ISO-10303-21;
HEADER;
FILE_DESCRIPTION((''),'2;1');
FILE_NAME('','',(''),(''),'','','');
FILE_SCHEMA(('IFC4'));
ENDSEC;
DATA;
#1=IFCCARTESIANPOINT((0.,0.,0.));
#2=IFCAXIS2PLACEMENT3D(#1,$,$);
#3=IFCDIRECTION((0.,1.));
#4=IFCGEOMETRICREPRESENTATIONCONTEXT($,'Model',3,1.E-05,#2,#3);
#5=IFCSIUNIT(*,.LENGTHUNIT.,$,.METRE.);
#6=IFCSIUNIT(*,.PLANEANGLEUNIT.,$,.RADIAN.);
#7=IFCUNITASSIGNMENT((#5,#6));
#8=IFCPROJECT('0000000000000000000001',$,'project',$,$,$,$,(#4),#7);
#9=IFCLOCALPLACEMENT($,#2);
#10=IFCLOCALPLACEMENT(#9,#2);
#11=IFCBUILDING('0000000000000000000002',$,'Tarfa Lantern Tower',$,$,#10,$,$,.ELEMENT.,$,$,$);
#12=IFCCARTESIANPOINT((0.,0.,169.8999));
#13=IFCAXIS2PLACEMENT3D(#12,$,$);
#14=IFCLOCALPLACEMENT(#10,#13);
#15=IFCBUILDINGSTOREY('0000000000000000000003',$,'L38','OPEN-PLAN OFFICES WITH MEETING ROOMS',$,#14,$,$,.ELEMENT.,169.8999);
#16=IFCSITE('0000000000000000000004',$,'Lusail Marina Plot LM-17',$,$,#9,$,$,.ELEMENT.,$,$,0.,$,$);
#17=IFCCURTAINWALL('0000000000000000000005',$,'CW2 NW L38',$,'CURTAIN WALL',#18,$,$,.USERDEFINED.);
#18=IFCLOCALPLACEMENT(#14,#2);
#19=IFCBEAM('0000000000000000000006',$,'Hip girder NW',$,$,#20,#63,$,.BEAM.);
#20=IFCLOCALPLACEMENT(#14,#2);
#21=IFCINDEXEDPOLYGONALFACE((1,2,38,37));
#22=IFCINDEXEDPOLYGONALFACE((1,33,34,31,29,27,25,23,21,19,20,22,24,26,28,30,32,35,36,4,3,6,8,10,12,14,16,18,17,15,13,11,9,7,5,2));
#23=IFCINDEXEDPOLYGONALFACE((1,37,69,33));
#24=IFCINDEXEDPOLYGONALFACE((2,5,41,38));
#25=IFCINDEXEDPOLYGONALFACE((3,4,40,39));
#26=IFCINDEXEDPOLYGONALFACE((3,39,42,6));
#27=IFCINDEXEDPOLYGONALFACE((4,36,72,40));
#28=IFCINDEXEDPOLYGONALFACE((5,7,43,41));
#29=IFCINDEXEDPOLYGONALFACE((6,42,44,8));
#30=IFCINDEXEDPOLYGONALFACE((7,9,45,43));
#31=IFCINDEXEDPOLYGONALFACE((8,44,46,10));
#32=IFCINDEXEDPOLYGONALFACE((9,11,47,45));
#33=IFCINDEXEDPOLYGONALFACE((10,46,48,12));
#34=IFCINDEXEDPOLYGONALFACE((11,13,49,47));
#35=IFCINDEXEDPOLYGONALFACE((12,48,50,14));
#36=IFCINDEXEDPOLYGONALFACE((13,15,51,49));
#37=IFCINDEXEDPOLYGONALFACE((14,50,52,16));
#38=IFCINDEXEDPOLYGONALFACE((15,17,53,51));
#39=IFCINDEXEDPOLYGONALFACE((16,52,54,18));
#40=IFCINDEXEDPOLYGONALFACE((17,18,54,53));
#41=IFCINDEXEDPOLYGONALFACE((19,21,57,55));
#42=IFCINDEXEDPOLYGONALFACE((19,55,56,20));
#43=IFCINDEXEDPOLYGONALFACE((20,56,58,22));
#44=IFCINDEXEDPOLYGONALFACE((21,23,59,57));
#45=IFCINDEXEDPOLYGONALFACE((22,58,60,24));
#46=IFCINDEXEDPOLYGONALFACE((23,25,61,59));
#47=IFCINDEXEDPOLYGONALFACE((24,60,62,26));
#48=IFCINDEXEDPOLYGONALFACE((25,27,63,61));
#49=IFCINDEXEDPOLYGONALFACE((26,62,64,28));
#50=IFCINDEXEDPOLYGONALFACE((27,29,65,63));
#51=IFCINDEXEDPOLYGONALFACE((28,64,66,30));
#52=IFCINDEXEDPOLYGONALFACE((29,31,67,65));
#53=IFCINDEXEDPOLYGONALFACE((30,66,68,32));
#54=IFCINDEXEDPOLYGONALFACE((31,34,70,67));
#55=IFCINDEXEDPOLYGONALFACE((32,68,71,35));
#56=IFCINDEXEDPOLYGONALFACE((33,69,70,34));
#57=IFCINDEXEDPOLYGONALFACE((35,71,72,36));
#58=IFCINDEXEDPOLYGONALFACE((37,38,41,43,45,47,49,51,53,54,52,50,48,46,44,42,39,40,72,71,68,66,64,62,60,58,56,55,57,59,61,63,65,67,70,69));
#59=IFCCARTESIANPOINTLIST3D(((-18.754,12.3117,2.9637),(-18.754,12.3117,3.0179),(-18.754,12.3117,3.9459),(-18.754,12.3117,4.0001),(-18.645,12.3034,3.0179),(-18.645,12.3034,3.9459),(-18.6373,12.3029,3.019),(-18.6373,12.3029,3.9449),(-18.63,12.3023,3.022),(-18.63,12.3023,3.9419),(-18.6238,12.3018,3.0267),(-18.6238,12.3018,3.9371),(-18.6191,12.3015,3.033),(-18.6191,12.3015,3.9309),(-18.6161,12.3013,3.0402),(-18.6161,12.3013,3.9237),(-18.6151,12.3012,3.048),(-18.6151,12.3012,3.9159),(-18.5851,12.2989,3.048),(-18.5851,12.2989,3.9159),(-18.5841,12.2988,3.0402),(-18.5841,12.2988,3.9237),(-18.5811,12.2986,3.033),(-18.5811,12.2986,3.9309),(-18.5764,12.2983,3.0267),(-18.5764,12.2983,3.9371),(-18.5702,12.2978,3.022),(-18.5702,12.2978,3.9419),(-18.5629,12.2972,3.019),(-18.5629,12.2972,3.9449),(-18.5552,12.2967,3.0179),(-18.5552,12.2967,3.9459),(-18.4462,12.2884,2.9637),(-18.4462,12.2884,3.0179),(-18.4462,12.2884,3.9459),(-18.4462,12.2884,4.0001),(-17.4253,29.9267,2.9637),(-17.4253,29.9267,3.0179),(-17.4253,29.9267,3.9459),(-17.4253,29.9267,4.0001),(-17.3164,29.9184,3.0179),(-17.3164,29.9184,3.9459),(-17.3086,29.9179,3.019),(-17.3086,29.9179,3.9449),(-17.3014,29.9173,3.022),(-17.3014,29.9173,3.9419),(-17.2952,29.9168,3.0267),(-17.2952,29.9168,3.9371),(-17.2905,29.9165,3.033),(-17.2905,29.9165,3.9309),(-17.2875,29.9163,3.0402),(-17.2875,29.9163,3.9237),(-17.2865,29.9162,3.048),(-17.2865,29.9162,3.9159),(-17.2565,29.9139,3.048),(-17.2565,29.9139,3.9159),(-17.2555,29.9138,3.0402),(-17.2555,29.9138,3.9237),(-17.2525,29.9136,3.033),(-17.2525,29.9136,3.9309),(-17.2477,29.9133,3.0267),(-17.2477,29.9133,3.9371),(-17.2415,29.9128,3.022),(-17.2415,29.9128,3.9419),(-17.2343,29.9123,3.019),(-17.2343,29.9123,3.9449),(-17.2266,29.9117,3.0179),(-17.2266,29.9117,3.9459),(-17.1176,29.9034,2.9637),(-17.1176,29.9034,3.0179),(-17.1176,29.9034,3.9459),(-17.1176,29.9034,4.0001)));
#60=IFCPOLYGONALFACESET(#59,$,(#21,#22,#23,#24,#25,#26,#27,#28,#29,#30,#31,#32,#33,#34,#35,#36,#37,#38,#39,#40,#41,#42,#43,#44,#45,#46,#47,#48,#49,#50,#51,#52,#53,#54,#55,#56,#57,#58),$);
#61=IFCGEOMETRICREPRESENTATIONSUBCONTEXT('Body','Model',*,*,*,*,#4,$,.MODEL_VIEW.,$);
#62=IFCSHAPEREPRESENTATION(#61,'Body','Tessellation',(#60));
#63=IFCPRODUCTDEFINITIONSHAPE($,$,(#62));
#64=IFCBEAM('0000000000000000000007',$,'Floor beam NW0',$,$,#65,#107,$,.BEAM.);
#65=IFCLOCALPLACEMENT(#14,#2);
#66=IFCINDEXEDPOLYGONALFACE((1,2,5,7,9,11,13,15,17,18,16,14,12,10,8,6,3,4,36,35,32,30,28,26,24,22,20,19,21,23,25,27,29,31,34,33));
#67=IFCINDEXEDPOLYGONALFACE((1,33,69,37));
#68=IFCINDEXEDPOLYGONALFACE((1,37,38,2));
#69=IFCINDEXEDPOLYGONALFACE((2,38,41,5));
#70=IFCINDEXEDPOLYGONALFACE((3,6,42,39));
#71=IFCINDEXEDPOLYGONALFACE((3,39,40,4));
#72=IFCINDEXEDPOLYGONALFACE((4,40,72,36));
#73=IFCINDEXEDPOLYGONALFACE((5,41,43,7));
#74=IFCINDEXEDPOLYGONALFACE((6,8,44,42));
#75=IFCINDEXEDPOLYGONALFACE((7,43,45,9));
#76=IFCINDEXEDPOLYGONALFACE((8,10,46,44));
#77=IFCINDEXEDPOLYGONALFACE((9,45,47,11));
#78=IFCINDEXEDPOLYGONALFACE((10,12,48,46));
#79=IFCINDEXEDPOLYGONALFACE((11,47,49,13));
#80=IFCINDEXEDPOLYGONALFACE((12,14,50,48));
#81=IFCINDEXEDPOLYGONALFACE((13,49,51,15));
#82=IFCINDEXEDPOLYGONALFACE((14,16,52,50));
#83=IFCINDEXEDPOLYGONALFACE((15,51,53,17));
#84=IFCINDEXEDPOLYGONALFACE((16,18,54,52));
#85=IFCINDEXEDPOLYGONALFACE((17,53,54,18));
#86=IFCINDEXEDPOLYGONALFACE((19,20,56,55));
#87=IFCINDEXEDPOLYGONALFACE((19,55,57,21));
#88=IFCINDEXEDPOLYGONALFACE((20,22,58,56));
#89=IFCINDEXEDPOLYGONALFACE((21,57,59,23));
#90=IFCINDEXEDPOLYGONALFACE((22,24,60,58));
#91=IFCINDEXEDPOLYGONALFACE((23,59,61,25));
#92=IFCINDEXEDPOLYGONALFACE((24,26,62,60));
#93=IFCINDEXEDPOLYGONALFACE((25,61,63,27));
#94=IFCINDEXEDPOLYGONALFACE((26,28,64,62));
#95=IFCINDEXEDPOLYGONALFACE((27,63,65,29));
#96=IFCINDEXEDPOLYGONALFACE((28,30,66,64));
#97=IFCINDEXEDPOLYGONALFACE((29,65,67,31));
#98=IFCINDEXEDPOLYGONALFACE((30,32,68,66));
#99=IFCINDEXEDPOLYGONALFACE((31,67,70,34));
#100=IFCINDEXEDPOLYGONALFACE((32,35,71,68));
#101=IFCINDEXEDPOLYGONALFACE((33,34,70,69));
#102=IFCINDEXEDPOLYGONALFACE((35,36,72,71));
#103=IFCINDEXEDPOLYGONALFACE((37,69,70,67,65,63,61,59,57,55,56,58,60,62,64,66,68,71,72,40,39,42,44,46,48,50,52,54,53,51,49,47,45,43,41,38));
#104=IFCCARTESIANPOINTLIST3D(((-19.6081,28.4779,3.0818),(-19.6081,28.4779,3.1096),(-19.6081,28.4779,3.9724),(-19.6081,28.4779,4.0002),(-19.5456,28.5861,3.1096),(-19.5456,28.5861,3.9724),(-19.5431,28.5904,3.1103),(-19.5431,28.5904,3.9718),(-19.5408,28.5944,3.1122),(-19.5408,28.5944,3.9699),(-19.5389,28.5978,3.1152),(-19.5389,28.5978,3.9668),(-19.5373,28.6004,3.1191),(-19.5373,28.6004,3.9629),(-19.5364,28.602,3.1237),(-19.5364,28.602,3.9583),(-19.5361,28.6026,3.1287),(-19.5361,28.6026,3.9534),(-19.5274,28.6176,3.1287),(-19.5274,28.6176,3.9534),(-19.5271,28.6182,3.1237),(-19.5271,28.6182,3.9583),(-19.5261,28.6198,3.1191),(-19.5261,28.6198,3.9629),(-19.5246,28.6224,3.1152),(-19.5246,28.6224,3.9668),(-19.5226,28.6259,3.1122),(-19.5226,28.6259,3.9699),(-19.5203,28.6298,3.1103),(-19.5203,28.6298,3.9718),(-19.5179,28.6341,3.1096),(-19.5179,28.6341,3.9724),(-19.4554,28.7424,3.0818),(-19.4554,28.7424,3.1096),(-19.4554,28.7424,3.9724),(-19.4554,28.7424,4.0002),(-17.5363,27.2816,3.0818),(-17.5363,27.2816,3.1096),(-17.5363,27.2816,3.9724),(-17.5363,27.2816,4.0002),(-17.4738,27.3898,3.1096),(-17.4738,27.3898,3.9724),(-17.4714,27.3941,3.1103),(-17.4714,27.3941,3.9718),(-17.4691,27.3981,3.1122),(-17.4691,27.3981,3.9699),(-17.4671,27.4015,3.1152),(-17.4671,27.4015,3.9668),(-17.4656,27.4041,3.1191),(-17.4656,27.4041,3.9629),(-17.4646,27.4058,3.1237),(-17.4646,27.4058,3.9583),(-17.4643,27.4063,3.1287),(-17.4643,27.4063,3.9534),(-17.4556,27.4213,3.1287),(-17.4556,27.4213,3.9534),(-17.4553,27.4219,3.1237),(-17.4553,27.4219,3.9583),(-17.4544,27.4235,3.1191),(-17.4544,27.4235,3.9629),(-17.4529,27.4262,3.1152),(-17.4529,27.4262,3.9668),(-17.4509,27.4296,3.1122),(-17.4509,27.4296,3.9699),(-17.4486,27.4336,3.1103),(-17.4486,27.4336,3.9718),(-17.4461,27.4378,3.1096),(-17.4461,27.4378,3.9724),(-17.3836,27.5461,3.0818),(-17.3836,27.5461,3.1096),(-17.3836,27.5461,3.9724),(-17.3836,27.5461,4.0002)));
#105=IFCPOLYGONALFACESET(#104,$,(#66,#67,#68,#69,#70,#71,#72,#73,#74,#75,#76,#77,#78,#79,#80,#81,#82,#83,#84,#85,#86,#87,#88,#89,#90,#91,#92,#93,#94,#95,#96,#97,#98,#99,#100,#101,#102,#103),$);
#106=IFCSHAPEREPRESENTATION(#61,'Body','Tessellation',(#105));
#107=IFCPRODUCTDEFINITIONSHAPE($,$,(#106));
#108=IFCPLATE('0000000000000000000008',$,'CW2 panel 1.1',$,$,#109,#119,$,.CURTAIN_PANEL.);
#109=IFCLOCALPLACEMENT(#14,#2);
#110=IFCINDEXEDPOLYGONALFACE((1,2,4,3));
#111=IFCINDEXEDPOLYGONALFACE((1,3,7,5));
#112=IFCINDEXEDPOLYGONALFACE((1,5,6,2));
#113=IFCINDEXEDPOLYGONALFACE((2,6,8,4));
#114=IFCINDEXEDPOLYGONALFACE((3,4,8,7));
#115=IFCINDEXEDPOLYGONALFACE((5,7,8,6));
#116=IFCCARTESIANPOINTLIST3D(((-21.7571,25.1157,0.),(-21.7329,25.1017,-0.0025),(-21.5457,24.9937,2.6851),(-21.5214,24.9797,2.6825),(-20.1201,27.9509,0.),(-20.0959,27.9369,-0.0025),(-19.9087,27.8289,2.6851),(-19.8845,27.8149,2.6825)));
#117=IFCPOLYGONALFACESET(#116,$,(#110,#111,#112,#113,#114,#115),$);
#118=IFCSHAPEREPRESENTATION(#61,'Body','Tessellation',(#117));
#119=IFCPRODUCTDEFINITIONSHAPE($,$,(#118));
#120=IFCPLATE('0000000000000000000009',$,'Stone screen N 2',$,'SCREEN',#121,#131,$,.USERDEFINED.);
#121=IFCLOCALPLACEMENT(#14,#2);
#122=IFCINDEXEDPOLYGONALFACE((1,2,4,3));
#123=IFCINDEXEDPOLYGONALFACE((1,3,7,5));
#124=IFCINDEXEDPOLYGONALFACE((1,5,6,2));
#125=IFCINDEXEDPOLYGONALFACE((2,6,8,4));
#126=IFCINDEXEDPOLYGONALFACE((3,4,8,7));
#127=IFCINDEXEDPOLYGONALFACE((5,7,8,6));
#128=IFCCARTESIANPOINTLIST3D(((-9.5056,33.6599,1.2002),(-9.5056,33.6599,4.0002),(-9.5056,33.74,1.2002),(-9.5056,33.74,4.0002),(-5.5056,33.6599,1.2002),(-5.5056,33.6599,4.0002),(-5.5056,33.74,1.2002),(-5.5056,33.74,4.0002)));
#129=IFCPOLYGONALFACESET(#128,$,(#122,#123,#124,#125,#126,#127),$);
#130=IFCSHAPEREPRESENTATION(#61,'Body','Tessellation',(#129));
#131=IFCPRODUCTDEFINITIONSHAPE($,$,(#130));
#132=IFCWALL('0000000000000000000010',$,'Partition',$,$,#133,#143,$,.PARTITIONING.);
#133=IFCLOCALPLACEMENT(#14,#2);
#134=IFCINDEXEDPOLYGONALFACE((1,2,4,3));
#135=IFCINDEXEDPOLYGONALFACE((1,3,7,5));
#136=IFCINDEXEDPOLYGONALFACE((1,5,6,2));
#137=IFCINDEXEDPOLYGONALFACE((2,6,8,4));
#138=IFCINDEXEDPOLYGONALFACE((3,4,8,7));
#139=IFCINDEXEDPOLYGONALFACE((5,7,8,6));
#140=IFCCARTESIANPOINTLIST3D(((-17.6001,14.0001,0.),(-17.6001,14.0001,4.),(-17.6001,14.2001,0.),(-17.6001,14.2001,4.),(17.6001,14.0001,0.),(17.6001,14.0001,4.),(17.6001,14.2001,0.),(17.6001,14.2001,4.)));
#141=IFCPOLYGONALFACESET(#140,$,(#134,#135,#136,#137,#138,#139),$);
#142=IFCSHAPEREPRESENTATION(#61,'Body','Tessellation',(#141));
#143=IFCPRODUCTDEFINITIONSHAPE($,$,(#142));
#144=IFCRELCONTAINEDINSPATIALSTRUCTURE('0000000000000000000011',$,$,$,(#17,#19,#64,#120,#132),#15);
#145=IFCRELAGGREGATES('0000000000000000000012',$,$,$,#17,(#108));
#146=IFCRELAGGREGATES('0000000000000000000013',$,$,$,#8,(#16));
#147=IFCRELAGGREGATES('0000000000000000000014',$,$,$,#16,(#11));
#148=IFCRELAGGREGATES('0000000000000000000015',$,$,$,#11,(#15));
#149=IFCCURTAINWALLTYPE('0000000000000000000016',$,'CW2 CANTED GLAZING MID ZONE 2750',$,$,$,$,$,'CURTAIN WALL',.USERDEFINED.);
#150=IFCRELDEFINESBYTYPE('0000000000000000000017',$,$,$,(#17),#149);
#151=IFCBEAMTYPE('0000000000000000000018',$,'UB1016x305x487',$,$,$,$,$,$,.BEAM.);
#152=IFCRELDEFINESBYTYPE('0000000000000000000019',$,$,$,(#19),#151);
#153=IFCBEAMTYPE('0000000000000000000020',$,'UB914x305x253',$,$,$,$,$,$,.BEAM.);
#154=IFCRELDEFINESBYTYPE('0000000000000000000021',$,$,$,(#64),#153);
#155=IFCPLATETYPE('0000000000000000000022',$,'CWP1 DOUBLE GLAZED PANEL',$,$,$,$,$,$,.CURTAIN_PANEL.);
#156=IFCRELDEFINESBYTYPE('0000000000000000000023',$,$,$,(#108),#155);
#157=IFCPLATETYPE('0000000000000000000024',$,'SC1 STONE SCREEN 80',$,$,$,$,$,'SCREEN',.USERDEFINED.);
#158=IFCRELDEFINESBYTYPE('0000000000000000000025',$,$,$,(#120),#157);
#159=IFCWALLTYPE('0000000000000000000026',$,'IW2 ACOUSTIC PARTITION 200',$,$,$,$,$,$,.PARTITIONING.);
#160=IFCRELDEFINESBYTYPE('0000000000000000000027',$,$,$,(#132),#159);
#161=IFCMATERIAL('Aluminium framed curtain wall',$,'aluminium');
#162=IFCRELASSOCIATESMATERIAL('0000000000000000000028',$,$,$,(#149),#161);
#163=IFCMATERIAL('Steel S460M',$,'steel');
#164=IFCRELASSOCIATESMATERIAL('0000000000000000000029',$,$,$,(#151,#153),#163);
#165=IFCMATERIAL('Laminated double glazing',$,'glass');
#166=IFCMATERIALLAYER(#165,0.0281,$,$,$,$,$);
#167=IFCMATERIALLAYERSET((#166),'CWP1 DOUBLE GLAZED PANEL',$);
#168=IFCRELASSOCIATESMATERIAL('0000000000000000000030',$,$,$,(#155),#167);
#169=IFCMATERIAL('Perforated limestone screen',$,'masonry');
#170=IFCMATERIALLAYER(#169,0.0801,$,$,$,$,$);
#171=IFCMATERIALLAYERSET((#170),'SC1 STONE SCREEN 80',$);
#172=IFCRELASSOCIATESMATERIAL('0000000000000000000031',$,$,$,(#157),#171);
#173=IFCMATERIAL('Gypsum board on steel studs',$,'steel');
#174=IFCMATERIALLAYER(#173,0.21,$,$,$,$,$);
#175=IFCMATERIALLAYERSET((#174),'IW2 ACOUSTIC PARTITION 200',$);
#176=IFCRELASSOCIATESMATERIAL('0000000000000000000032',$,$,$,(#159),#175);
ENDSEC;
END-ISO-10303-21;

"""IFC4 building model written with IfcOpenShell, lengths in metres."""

from ifc_helpers import new_model, si_unit, direction, frame, frame_2d, origin, origin_2d, place, context, subcontext, project, spatial, polyline, rectangle, i_section, outline, extrude, material, layer, layer_set, material_profile, profile_set, type_object, element, aggregate, save


model = new_model("IFC4")

# Units and contexts
model_context = context("Model", 3, precision=1e-05, world=origin(), true_north=direction((0.0, 1.0)))
body_context = subcontext(model_context, "Body", "Model", "MODEL_VIEW")
ifc_project = project(units=[si_unit("LENGTHUNIT", "METRE"), si_unit("PLANEANGLEUNIT", "RADIAN")], contexts=[model_context])

# Site, building, storey
site_placement = place(None, origin())
site = spatial("IfcSite", under=ifc_project, at=site_placement, Name="Lusail Marina Plot LM-17", CompositionType="ELEMENT", RefElevation=0.0)
building_placement = place(site_placement, origin())
building = spatial("IfcBuilding", under=site, at=building_placement, Name="Tarfa Lantern Tower", CompositionType="ELEMENT")
storey_placement = place(building_placement, frame((0.0, 0.0, 169.8999)))
storey = spatial("IfcBuildingStorey", under=building, at=storey_placement, Name="L38", Description="OPEN-PLAN OFFICES WITH MEETING ROOMS", CompositionType="ELEMENT", Elevation=169.8999)

# Curtain wall
ifc_material_1 = material(Name="Aluminium framed curtain wall", Category="aluminium")
curtain_wall_type = type_object("IfcCurtainWallType", Name="CW2 CANTED GLAZING MID ZONE 2750", ElementType="CURTAIN WALL", PredefinedType="USERDEFINED", material=ifc_material_1)
curtain_wall_placement = place(storey_placement, origin())
curtain_wall = element("IfcCurtainWall", 1, at=curtain_wall_placement, inside=storey, type_object=curtain_wall_type, Name="CW2 NW L38", ObjectType="CURTAIN WALL", PredefinedType="USERDEFINED")

# Beams
ifc_material_2 = material(Name="Steel S460M", Category="steel")
ifc_material_profile_1 = material_profile(ifc_material_2, i_section(OverallWidth=0.3086, OverallDepth=1.0364, WebThickness=0.03, FlangeThickness=0.0542, FilletRadius=0.03, at=origin_2d()), Name="UB1016x305x487")
ifc_profile_set_1 = profile_set([ifc_material_profile_1], Name="Steel S460M")
beam_type_1 = type_object("IfcBeamType", Name="UB1016x305x487", PredefinedType="BEAM", material=ifc_profile_set_1)
beam_1_placement = place(storey_placement, frame((-18.6001, 12.3, 3.4819), z_axis=(0.075212, 0.997168, 0.0), x_axis=(-0.997168, 0.075212, 0.0)))
element("IfcBeam", 2, at=beam_1_placement, inside=storey, type_object=beam_type_1, Name="Hip girder NW", PredefinedType="BEAM", context=body_context, shape_type="SweptSolid", body=[
    extrude(i_section(OverallWidth=0.3086, OverallDepth=1.0364, WebThickness=0.03, FlangeThickness=0.0542, FilletRadius=0.03, at=origin_2d()), origin(), (0.0, 0.0, 1.0), 17.665),
])
ifc_material_profile_2 = material_profile(ifc_material_2, i_section(OverallWidth=0.3054, OverallDepth=0.9185, WebThickness=0.0173, FlangeThickness=0.0278, FilletRadius=0.019, at=origin_2d()), Name="UB914x305x253")
ifc_profile_set_2 = profile_set([ifc_material_profile_2], Name="Steel S460M")
beam_type_2 = type_object("IfcBeamType", Name="UB914x305x253", PredefinedType="BEAM", material=ifc_profile_set_2)
beam_2_placement = place(storey_placement, frame((-19.5317, 28.6101, 3.541), z_axis=(0.865999, -0.500046, 0.0), x_axis=(0.500046, 0.865999, 0.0)))
element("IfcBeam", 3, at=beam_2_placement, inside=storey, type_object=beam_type_2, Name="Floor beam NW0", PredefinedType="BEAM", context=body_context, shape_type="SweptSolid", body=[
    extrude(i_section(OverallWidth=0.3054, OverallDepth=0.9185, WebThickness=0.0173, FlangeThickness=0.0278, FilletRadius=0.019, at=origin_2d()), origin(), (0.0, 0.0, 1.0), 2.3923),
])

# Plates
ifc_material_3 = material(Name="Laminated double glazing", Category="glass")
ifc_layer_1 = layer(ifc_material_3, 0.0281)
ifc_layer_set_1 = layer_set([ifc_layer_1], Name="CWP1 DOUBLE GLAZED PANEL")
plate_type_1 = type_object("IfcPlateType", Name="CWP1 DOUBLE GLAZED PANEL", PredefinedType="CURTAIN_PANEL", material=ifc_layer_set_1)
plate_1_placement = place(storey_placement, frame((-20.1201, 27.9509, 0.0), z_axis=(-0.86246, 0.497959, 0.09055), x_axis=(-0.500013, -0.866018, 0.0)))
plate_1 = element("IfcPlate", 4, at=plate_1_placement, type_object=plate_type_1, Name="CW2 panel 1.1", PredefinedType="CURTAIN_PANEL", context=body_context, shape_type="SweptSolid", body=[
    extrude(outline(polyline([(0.0, 0.0), (3.2738, 0.0), (3.2738, 2.6961), (0.0, 2.6961), (0.0, 0.0)])), origin(), (0.0, 0.0, -1.0), 0.0281),
])
aggregate(curtain_wall, [plate_1])
ifc_material_4 = material(Name="Perforated limestone screen", Category="masonry")
ifc_layer_2 = layer(ifc_material_4, 0.0801)
ifc_layer_set_2 = layer_set([ifc_layer_2], Name="SC1 STONE SCREEN 80")
plate_type_2 = type_object("IfcPlateType", Name="SC1 STONE SCREEN 80", ElementType="SCREEN", PredefinedType="USERDEFINED", material=ifc_layer_set_2)
plate_2_placement = place(storey_placement, frame((-7.5056, 33.7, 1.2002), z_axis=(0.0, 0.0, 1.0), x_axis=(-1.0, 0.0, 0.0)))
element("IfcPlate", 5, at=plate_2_placement, inside=storey, type_object=plate_type_2, Name="Stone screen N 2", ObjectType="SCREEN", PredefinedType="USERDEFINED", context=body_context, shape_type="SweptSolid", body=[
    extrude(rectangle(XDim=4.0, YDim=0.0801, at=origin_2d()), origin(), (0.0, 0.0, 1.0), 2.8),
])

# Wall
ifc_material_5 = material(Name="Gypsum board on steel studs", Category="steel")
ifc_layer_3 = layer(ifc_material_5, 0.21)
ifc_layer_set_3 = layer_set([ifc_layer_3], Name="IW2 ACOUSTIC PARTITION 200")
wall_type = type_object("IfcWallType", Name="IW2 ACOUSTIC PARTITION 200", PredefinedType="PARTITIONING", material=ifc_layer_set_3)
wall_1_placement = place(storey_placement, frame((-17.6001, 14.1001, 0.0), z_axis=(0.0, 0.0, 1.0), x_axis=(1.0, 0.0, 0.0)))
element("IfcWall", 6, at=wall_1_placement, inside=storey, type_object=wall_type, Name="Partition", PredefinedType="PARTITIONING", context=body_context, shape_type="SweptSolid", body=[
    extrude(rectangle(XDim=35.2002, YDim=0.2, at=frame_2d((17.6001, 0.0))), origin(), (0.0, 0.0, 1.0), 4.0),
])

save(model, "model.ifc")
